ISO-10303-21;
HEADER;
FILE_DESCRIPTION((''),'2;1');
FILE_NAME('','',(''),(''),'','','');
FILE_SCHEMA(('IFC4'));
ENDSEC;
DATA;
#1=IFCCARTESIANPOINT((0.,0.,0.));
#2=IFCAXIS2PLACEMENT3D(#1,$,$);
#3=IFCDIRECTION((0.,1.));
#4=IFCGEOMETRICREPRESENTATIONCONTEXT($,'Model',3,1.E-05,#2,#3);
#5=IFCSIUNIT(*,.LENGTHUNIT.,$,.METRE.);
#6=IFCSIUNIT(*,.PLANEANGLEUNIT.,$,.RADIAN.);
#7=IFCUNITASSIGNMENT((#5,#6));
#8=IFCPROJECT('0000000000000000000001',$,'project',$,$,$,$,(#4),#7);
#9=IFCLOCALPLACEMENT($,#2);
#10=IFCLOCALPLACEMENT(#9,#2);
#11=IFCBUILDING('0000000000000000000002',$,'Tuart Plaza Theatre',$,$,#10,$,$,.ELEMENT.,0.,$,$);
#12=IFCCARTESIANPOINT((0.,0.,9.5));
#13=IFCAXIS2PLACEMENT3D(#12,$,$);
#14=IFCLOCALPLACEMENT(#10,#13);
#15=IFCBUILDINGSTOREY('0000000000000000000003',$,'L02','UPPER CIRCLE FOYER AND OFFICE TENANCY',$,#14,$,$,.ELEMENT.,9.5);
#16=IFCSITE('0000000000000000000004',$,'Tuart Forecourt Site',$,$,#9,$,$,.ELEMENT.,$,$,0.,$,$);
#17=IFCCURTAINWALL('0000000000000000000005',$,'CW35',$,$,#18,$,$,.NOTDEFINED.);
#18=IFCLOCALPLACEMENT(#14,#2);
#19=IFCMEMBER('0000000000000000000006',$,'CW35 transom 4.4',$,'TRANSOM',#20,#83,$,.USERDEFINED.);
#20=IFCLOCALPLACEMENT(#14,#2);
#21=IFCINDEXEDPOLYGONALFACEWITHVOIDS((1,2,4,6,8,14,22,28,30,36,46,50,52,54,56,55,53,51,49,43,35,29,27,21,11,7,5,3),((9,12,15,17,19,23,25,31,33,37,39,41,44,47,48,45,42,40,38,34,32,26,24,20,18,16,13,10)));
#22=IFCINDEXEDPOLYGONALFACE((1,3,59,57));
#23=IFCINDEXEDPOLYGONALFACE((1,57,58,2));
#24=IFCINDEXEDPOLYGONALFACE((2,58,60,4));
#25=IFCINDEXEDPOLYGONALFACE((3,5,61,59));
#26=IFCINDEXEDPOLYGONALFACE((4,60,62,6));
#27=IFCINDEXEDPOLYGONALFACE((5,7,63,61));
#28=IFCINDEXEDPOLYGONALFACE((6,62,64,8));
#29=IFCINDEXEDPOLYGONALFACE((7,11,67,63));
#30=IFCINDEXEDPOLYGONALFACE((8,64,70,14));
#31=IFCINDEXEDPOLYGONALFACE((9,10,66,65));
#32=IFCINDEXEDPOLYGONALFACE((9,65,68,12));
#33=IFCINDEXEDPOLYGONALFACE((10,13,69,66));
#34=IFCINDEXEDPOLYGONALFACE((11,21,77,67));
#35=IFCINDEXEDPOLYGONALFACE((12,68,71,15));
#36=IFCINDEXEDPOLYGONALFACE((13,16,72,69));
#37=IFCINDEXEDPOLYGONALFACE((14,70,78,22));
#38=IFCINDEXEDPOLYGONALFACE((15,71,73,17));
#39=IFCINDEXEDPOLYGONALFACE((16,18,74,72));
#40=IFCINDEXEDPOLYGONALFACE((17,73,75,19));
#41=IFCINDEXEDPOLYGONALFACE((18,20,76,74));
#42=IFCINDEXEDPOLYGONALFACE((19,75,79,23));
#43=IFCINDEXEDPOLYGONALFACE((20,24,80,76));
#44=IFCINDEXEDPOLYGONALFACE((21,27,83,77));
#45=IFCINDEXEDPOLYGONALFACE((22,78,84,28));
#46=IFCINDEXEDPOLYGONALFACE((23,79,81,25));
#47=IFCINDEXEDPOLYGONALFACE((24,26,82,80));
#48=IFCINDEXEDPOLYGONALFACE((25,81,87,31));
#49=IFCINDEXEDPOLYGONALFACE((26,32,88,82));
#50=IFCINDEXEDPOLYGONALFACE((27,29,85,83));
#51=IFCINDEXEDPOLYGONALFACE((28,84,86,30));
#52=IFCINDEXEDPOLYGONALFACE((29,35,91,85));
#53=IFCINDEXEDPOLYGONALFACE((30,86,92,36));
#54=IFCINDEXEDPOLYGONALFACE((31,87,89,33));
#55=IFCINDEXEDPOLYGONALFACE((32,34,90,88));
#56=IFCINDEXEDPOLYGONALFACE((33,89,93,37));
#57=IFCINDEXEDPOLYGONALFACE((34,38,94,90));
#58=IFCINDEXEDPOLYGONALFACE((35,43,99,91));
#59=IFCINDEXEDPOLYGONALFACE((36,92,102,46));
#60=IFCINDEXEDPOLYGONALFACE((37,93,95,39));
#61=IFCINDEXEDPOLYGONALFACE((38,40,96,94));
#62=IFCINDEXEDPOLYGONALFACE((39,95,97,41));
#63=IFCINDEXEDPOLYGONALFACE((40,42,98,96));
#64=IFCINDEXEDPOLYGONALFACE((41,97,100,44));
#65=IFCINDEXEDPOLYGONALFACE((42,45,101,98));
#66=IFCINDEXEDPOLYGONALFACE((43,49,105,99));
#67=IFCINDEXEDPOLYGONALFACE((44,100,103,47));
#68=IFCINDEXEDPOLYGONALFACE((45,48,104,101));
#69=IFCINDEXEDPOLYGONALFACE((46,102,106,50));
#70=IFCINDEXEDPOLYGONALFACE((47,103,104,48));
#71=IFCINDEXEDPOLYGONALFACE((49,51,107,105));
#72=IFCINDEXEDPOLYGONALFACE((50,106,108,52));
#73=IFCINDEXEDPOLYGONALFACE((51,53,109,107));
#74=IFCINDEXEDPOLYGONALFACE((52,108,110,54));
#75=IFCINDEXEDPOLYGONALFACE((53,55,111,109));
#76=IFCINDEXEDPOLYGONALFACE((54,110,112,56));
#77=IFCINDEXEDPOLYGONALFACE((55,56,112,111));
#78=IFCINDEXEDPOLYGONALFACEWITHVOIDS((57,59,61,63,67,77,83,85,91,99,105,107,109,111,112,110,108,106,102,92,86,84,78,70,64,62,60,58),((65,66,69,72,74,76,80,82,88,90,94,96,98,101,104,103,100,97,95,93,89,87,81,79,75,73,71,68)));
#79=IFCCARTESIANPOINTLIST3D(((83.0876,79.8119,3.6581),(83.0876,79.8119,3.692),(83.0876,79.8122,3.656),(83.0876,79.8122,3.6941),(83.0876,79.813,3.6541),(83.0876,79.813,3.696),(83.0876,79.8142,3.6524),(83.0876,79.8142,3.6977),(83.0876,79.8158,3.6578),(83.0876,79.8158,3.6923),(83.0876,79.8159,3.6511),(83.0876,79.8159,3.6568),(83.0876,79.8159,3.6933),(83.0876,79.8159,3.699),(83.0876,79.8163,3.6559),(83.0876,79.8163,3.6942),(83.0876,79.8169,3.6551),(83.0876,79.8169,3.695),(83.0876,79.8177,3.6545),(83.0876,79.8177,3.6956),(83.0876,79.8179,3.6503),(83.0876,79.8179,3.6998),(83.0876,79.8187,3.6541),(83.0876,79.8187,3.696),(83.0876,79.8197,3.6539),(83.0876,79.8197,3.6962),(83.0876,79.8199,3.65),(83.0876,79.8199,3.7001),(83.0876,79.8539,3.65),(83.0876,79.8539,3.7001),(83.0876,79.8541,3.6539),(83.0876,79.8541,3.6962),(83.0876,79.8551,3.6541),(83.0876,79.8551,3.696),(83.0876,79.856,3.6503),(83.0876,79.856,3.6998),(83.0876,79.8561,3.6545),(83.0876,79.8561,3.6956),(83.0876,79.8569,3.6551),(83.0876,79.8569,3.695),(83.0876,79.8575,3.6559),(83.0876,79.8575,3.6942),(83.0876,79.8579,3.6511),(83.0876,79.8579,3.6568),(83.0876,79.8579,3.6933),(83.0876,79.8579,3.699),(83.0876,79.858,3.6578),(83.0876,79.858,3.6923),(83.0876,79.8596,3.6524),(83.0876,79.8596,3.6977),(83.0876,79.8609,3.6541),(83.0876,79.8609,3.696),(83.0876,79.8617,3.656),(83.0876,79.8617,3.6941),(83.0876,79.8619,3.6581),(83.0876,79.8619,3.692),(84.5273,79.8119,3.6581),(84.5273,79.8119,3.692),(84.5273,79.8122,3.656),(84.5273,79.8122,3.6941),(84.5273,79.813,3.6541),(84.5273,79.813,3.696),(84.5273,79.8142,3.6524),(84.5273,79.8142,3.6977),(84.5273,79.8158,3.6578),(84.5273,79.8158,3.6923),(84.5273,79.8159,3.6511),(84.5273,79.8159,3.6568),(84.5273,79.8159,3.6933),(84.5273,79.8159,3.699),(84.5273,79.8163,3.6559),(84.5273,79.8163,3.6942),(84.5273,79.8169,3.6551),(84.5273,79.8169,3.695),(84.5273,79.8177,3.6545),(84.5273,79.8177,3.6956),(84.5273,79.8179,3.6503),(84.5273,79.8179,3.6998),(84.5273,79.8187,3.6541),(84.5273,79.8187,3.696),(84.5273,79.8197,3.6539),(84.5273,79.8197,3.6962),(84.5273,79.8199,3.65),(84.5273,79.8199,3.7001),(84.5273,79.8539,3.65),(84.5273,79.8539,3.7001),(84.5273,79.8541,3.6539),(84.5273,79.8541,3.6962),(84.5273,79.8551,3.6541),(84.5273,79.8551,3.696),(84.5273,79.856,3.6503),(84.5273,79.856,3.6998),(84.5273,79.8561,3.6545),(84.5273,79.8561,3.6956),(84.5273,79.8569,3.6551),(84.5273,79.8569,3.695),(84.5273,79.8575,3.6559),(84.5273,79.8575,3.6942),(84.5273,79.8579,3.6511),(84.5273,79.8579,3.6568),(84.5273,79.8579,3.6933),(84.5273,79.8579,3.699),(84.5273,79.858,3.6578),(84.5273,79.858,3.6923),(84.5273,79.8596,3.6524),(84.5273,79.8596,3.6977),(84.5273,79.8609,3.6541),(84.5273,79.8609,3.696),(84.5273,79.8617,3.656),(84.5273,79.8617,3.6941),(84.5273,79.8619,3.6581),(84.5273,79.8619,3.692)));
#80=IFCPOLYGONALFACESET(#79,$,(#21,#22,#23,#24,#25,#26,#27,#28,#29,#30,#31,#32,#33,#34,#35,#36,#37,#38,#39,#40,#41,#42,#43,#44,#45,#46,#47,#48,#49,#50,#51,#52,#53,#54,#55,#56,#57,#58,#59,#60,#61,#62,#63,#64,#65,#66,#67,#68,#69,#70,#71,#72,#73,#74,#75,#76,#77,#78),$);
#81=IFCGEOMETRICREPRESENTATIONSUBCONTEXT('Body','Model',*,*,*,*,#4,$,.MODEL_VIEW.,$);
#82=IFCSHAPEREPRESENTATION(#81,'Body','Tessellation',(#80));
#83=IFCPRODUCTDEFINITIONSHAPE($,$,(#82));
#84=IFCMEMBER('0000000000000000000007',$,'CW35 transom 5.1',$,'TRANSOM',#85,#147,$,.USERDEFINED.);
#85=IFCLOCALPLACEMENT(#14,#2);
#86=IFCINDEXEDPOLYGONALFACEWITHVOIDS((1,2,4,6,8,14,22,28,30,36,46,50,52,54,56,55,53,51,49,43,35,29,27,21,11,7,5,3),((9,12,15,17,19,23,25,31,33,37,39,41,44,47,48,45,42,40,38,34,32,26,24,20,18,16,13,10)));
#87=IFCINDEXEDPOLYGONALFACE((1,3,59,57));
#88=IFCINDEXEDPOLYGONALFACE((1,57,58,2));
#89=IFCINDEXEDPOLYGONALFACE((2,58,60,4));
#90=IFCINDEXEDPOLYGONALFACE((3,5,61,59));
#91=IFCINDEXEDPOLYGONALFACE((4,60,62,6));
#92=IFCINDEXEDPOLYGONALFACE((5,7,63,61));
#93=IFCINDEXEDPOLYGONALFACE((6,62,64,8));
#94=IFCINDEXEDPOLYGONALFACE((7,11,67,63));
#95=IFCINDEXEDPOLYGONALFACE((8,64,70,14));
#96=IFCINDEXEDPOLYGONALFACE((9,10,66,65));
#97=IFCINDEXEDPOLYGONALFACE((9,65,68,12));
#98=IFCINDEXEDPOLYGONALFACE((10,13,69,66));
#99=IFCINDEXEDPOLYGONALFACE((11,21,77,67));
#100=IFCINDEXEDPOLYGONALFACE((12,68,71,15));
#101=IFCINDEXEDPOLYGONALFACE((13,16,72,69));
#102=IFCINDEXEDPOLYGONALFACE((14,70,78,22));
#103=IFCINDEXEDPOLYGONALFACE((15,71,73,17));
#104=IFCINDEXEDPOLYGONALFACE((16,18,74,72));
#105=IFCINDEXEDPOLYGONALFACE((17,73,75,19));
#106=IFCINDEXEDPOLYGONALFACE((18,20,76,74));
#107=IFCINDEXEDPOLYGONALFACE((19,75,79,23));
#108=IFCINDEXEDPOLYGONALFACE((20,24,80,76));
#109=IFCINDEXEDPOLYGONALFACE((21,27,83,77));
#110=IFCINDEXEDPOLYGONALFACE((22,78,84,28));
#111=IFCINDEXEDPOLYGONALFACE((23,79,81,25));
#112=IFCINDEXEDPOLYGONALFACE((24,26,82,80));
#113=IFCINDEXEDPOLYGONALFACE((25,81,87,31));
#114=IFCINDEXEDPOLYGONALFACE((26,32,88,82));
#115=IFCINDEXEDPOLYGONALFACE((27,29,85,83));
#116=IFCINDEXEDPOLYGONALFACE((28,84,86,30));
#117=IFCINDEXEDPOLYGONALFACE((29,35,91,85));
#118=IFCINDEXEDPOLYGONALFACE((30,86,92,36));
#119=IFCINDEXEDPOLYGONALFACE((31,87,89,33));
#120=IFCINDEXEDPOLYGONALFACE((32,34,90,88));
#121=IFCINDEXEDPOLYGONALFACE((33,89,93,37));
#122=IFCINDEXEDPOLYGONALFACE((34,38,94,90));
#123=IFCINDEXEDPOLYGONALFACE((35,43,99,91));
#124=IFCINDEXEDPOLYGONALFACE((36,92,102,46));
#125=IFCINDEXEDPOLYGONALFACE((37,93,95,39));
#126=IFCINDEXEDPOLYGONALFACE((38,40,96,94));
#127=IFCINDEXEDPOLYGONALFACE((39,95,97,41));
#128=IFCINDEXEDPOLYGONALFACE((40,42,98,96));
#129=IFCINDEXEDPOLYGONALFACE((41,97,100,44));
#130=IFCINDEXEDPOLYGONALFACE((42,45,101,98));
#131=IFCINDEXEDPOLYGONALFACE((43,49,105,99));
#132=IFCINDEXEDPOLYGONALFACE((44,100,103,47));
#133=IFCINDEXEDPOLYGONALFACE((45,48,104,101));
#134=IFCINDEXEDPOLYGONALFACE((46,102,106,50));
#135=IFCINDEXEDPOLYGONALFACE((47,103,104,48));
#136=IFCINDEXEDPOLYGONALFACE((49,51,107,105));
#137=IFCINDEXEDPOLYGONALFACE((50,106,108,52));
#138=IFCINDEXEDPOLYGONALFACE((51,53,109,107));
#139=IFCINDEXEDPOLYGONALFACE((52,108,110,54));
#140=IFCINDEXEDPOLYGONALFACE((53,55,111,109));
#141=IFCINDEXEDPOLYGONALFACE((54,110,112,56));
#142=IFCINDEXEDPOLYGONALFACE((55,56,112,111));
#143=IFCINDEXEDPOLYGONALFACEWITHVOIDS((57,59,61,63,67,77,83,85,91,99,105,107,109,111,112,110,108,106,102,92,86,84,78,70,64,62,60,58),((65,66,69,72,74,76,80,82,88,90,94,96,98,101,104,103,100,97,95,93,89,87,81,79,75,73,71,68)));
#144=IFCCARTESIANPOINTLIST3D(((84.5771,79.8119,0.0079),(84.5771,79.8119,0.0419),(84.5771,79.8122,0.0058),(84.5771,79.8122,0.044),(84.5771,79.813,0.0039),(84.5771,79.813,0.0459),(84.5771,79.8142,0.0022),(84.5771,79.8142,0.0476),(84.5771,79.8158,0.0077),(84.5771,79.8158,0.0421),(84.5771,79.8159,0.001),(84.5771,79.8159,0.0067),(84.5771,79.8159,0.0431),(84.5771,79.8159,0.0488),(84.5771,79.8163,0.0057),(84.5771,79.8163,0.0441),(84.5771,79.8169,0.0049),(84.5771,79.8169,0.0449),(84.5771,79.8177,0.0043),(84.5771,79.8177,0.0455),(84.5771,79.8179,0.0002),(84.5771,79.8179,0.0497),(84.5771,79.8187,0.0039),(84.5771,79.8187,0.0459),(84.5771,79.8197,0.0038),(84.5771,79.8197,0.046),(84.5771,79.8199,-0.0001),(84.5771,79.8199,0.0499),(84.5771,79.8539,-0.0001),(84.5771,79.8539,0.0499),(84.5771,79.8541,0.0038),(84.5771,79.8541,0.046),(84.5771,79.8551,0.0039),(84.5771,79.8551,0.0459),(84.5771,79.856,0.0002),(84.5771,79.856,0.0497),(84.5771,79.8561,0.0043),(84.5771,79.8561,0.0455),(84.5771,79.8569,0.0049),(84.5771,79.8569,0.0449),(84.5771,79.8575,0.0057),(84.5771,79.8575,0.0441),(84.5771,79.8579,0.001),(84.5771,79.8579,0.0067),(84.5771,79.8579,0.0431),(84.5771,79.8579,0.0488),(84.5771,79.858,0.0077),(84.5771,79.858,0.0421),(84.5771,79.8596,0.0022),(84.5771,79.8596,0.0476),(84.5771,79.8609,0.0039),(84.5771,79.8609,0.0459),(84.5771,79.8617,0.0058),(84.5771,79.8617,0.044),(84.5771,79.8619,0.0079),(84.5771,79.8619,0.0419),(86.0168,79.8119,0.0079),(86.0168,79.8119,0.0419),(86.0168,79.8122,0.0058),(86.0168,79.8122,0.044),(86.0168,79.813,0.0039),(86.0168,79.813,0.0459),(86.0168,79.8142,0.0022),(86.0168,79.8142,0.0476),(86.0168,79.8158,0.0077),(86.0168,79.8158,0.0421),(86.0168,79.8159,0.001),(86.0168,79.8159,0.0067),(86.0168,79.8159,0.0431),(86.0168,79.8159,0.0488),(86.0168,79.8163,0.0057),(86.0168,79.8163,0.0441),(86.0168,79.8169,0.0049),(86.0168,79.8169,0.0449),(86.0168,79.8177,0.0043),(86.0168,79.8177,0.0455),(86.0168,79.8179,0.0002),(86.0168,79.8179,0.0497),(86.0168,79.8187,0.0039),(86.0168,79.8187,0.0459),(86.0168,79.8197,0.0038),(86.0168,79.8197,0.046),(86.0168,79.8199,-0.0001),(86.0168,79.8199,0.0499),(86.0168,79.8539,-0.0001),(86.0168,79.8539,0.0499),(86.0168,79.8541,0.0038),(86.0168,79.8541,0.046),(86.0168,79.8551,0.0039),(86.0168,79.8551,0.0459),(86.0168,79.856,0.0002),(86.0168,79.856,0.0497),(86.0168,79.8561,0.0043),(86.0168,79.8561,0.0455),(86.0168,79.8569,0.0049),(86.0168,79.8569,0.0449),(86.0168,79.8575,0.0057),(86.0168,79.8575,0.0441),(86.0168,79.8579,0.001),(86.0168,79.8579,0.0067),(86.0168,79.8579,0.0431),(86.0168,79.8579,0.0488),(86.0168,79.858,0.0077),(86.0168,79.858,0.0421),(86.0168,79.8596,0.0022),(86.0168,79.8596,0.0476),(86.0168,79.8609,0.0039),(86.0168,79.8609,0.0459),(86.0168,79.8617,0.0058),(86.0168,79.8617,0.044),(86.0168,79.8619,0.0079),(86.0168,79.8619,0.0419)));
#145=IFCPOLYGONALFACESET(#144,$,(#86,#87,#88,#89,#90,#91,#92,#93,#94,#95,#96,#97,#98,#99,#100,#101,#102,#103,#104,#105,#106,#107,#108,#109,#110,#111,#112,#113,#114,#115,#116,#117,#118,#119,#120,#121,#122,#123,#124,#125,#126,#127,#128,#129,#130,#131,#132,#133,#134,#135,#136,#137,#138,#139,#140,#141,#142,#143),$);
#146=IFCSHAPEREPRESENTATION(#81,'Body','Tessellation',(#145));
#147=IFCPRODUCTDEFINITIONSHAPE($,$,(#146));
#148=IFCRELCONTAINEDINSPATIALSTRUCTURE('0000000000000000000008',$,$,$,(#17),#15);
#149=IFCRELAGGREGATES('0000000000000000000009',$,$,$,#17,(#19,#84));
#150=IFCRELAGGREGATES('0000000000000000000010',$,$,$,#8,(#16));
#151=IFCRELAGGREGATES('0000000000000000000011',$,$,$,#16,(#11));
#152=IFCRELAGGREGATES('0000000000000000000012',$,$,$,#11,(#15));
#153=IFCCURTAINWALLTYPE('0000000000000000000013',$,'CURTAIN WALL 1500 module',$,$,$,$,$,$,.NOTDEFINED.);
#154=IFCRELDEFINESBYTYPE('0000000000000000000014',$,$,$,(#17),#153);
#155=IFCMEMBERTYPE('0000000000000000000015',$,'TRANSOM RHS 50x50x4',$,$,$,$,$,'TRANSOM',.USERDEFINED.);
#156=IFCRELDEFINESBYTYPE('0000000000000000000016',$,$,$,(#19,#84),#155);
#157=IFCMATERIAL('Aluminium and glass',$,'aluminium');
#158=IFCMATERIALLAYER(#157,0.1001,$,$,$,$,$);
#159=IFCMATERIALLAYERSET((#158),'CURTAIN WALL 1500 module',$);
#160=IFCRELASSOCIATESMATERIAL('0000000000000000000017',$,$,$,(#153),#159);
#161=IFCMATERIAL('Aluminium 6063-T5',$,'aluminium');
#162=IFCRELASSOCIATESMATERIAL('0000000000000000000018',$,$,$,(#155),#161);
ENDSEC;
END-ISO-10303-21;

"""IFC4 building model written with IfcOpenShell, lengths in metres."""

from ifc_helpers import new_model, si_unit, direction, frame, origin, origin_2d, place, context, subcontext, project, spatial, hollow_rectangle, extrude, material, layer, layer_set, material_profile, profile_set, type_object, element, aggregate, save


model = new_model("IFC4")

# Units and contexts
model_context = context("Model", 3, precision=1e-05, world=origin(), true_north=direction((0.0, 1.0)))
body_context = subcontext(model_context, "Body", "Model", "MODEL_VIEW")
ifc_project = project(units=[si_unit("LENGTHUNIT", "METRE"), si_unit("PLANEANGLEUNIT", "RADIAN")], contexts=[model_context])

# Site, building, storey
site_placement = place(None, origin())
site = spatial("IfcSite", under=ifc_project, at=site_placement, Name="Tuart Forecourt Site", CompositionType="ELEMENT", RefElevation=0.0)
building_placement = place(site_placement, origin())
building = spatial("IfcBuilding", under=site, at=building_placement, Name="Tuart Plaza Theatre", CompositionType="ELEMENT", ElevationOfRefHeight=0.0)
storey_placement = place(building_placement, frame((0.0, 0.0, 9.5)))
storey = spatial("IfcBuildingStorey", under=building, at=storey_placement, Name="L02", Description="UPPER CIRCLE FOYER AND OFFICE TENANCY", CompositionType="ELEMENT", Elevation=9.5)

# Curtain wall, members
ifc_material_1 = material(Name="Aluminium and glass", Category="aluminium")
ifc_layer_1 = layer(ifc_material_1, 0.1001)
ifc_layer_set_1 = layer_set([ifc_layer_1], Name="CURTAIN WALL 1500 module")
curtain_wall_type = type_object("IfcCurtainWallType", Name="CURTAIN WALL 1500 module", PredefinedType="NOTDEFINED", material=ifc_layer_set_1)
curtain_wall_placement = place(storey_placement, origin())
curtain_wall = element("IfcCurtainWall", 1, at=curtain_wall_placement, inside=storey, type_object=curtain_wall_type, Name="CW35", PredefinedType="NOTDEFINED")
ifc_material_2 = material(Name="Aluminium 6063-T5", Category="aluminium")
ifc_material_profile_1 = material_profile(ifc_material_2, hollow_rectangle(XDim=0.05, YDim=0.05, WallThickness=0.0039, InnerFilletRadius=0.0039, OuterFilletRadius=0.0081, at=origin_2d()), Name="RHS 50x50x4")
ifc_profile_set_1 = profile_set([ifc_material_profile_1], Name="Aluminium 6063-T5")
member_type_1 = type_object("IfcMemberType", Name="TRANSOM RHS 50x50x4", ElementType="TRANSOM", PredefinedType="USERDEFINED", material=ifc_profile_set_1)
member_1_placement = place(storey_placement, frame((83.0876, 79.8369, 3.675), z_axis=(1.0, 0.0, 0.0), x_axis=(0.0, 1.0, 0.0)))
member_1 = element("IfcMember", 2, at=member_1_placement, type_object=member_type_1, Name="CW35 transom 4.4", ObjectType="TRANSOM", PredefinedType="USERDEFINED", context=body_context, shape_type="SweptSolid", body=[
    extrude(hollow_rectangle(XDim=0.05, YDim=0.05, WallThickness=0.0039, InnerFilletRadius=0.0039, OuterFilletRadius=0.0081, at=origin_2d()), origin(), (0.0, 0.0, 1.0), 1.4397),
])
member_2_placement = place(storey_placement, frame((84.5771, 79.8369, 0.0249), z_axis=(1.0, 0.0, 0.0), x_axis=(0.0, 1.0, 0.0)))
member_2 = element("IfcMember", 3, at=member_2_placement, type_object=member_type_1, Name="CW35 transom 5.1", ObjectType="TRANSOM", PredefinedType="USERDEFINED", context=body_context, shape_type="SweptSolid", body=[
    extrude(hollow_rectangle(XDim=0.05, YDim=0.05, WallThickness=0.0039, InnerFilletRadius=0.0039, OuterFilletRadius=0.0081, at=origin_2d()), origin(), (0.0, 0.0, 1.0), 1.4397),
])
aggregate(curtain_wall, [member_1, member_2])

save(model, "model.ifc")
